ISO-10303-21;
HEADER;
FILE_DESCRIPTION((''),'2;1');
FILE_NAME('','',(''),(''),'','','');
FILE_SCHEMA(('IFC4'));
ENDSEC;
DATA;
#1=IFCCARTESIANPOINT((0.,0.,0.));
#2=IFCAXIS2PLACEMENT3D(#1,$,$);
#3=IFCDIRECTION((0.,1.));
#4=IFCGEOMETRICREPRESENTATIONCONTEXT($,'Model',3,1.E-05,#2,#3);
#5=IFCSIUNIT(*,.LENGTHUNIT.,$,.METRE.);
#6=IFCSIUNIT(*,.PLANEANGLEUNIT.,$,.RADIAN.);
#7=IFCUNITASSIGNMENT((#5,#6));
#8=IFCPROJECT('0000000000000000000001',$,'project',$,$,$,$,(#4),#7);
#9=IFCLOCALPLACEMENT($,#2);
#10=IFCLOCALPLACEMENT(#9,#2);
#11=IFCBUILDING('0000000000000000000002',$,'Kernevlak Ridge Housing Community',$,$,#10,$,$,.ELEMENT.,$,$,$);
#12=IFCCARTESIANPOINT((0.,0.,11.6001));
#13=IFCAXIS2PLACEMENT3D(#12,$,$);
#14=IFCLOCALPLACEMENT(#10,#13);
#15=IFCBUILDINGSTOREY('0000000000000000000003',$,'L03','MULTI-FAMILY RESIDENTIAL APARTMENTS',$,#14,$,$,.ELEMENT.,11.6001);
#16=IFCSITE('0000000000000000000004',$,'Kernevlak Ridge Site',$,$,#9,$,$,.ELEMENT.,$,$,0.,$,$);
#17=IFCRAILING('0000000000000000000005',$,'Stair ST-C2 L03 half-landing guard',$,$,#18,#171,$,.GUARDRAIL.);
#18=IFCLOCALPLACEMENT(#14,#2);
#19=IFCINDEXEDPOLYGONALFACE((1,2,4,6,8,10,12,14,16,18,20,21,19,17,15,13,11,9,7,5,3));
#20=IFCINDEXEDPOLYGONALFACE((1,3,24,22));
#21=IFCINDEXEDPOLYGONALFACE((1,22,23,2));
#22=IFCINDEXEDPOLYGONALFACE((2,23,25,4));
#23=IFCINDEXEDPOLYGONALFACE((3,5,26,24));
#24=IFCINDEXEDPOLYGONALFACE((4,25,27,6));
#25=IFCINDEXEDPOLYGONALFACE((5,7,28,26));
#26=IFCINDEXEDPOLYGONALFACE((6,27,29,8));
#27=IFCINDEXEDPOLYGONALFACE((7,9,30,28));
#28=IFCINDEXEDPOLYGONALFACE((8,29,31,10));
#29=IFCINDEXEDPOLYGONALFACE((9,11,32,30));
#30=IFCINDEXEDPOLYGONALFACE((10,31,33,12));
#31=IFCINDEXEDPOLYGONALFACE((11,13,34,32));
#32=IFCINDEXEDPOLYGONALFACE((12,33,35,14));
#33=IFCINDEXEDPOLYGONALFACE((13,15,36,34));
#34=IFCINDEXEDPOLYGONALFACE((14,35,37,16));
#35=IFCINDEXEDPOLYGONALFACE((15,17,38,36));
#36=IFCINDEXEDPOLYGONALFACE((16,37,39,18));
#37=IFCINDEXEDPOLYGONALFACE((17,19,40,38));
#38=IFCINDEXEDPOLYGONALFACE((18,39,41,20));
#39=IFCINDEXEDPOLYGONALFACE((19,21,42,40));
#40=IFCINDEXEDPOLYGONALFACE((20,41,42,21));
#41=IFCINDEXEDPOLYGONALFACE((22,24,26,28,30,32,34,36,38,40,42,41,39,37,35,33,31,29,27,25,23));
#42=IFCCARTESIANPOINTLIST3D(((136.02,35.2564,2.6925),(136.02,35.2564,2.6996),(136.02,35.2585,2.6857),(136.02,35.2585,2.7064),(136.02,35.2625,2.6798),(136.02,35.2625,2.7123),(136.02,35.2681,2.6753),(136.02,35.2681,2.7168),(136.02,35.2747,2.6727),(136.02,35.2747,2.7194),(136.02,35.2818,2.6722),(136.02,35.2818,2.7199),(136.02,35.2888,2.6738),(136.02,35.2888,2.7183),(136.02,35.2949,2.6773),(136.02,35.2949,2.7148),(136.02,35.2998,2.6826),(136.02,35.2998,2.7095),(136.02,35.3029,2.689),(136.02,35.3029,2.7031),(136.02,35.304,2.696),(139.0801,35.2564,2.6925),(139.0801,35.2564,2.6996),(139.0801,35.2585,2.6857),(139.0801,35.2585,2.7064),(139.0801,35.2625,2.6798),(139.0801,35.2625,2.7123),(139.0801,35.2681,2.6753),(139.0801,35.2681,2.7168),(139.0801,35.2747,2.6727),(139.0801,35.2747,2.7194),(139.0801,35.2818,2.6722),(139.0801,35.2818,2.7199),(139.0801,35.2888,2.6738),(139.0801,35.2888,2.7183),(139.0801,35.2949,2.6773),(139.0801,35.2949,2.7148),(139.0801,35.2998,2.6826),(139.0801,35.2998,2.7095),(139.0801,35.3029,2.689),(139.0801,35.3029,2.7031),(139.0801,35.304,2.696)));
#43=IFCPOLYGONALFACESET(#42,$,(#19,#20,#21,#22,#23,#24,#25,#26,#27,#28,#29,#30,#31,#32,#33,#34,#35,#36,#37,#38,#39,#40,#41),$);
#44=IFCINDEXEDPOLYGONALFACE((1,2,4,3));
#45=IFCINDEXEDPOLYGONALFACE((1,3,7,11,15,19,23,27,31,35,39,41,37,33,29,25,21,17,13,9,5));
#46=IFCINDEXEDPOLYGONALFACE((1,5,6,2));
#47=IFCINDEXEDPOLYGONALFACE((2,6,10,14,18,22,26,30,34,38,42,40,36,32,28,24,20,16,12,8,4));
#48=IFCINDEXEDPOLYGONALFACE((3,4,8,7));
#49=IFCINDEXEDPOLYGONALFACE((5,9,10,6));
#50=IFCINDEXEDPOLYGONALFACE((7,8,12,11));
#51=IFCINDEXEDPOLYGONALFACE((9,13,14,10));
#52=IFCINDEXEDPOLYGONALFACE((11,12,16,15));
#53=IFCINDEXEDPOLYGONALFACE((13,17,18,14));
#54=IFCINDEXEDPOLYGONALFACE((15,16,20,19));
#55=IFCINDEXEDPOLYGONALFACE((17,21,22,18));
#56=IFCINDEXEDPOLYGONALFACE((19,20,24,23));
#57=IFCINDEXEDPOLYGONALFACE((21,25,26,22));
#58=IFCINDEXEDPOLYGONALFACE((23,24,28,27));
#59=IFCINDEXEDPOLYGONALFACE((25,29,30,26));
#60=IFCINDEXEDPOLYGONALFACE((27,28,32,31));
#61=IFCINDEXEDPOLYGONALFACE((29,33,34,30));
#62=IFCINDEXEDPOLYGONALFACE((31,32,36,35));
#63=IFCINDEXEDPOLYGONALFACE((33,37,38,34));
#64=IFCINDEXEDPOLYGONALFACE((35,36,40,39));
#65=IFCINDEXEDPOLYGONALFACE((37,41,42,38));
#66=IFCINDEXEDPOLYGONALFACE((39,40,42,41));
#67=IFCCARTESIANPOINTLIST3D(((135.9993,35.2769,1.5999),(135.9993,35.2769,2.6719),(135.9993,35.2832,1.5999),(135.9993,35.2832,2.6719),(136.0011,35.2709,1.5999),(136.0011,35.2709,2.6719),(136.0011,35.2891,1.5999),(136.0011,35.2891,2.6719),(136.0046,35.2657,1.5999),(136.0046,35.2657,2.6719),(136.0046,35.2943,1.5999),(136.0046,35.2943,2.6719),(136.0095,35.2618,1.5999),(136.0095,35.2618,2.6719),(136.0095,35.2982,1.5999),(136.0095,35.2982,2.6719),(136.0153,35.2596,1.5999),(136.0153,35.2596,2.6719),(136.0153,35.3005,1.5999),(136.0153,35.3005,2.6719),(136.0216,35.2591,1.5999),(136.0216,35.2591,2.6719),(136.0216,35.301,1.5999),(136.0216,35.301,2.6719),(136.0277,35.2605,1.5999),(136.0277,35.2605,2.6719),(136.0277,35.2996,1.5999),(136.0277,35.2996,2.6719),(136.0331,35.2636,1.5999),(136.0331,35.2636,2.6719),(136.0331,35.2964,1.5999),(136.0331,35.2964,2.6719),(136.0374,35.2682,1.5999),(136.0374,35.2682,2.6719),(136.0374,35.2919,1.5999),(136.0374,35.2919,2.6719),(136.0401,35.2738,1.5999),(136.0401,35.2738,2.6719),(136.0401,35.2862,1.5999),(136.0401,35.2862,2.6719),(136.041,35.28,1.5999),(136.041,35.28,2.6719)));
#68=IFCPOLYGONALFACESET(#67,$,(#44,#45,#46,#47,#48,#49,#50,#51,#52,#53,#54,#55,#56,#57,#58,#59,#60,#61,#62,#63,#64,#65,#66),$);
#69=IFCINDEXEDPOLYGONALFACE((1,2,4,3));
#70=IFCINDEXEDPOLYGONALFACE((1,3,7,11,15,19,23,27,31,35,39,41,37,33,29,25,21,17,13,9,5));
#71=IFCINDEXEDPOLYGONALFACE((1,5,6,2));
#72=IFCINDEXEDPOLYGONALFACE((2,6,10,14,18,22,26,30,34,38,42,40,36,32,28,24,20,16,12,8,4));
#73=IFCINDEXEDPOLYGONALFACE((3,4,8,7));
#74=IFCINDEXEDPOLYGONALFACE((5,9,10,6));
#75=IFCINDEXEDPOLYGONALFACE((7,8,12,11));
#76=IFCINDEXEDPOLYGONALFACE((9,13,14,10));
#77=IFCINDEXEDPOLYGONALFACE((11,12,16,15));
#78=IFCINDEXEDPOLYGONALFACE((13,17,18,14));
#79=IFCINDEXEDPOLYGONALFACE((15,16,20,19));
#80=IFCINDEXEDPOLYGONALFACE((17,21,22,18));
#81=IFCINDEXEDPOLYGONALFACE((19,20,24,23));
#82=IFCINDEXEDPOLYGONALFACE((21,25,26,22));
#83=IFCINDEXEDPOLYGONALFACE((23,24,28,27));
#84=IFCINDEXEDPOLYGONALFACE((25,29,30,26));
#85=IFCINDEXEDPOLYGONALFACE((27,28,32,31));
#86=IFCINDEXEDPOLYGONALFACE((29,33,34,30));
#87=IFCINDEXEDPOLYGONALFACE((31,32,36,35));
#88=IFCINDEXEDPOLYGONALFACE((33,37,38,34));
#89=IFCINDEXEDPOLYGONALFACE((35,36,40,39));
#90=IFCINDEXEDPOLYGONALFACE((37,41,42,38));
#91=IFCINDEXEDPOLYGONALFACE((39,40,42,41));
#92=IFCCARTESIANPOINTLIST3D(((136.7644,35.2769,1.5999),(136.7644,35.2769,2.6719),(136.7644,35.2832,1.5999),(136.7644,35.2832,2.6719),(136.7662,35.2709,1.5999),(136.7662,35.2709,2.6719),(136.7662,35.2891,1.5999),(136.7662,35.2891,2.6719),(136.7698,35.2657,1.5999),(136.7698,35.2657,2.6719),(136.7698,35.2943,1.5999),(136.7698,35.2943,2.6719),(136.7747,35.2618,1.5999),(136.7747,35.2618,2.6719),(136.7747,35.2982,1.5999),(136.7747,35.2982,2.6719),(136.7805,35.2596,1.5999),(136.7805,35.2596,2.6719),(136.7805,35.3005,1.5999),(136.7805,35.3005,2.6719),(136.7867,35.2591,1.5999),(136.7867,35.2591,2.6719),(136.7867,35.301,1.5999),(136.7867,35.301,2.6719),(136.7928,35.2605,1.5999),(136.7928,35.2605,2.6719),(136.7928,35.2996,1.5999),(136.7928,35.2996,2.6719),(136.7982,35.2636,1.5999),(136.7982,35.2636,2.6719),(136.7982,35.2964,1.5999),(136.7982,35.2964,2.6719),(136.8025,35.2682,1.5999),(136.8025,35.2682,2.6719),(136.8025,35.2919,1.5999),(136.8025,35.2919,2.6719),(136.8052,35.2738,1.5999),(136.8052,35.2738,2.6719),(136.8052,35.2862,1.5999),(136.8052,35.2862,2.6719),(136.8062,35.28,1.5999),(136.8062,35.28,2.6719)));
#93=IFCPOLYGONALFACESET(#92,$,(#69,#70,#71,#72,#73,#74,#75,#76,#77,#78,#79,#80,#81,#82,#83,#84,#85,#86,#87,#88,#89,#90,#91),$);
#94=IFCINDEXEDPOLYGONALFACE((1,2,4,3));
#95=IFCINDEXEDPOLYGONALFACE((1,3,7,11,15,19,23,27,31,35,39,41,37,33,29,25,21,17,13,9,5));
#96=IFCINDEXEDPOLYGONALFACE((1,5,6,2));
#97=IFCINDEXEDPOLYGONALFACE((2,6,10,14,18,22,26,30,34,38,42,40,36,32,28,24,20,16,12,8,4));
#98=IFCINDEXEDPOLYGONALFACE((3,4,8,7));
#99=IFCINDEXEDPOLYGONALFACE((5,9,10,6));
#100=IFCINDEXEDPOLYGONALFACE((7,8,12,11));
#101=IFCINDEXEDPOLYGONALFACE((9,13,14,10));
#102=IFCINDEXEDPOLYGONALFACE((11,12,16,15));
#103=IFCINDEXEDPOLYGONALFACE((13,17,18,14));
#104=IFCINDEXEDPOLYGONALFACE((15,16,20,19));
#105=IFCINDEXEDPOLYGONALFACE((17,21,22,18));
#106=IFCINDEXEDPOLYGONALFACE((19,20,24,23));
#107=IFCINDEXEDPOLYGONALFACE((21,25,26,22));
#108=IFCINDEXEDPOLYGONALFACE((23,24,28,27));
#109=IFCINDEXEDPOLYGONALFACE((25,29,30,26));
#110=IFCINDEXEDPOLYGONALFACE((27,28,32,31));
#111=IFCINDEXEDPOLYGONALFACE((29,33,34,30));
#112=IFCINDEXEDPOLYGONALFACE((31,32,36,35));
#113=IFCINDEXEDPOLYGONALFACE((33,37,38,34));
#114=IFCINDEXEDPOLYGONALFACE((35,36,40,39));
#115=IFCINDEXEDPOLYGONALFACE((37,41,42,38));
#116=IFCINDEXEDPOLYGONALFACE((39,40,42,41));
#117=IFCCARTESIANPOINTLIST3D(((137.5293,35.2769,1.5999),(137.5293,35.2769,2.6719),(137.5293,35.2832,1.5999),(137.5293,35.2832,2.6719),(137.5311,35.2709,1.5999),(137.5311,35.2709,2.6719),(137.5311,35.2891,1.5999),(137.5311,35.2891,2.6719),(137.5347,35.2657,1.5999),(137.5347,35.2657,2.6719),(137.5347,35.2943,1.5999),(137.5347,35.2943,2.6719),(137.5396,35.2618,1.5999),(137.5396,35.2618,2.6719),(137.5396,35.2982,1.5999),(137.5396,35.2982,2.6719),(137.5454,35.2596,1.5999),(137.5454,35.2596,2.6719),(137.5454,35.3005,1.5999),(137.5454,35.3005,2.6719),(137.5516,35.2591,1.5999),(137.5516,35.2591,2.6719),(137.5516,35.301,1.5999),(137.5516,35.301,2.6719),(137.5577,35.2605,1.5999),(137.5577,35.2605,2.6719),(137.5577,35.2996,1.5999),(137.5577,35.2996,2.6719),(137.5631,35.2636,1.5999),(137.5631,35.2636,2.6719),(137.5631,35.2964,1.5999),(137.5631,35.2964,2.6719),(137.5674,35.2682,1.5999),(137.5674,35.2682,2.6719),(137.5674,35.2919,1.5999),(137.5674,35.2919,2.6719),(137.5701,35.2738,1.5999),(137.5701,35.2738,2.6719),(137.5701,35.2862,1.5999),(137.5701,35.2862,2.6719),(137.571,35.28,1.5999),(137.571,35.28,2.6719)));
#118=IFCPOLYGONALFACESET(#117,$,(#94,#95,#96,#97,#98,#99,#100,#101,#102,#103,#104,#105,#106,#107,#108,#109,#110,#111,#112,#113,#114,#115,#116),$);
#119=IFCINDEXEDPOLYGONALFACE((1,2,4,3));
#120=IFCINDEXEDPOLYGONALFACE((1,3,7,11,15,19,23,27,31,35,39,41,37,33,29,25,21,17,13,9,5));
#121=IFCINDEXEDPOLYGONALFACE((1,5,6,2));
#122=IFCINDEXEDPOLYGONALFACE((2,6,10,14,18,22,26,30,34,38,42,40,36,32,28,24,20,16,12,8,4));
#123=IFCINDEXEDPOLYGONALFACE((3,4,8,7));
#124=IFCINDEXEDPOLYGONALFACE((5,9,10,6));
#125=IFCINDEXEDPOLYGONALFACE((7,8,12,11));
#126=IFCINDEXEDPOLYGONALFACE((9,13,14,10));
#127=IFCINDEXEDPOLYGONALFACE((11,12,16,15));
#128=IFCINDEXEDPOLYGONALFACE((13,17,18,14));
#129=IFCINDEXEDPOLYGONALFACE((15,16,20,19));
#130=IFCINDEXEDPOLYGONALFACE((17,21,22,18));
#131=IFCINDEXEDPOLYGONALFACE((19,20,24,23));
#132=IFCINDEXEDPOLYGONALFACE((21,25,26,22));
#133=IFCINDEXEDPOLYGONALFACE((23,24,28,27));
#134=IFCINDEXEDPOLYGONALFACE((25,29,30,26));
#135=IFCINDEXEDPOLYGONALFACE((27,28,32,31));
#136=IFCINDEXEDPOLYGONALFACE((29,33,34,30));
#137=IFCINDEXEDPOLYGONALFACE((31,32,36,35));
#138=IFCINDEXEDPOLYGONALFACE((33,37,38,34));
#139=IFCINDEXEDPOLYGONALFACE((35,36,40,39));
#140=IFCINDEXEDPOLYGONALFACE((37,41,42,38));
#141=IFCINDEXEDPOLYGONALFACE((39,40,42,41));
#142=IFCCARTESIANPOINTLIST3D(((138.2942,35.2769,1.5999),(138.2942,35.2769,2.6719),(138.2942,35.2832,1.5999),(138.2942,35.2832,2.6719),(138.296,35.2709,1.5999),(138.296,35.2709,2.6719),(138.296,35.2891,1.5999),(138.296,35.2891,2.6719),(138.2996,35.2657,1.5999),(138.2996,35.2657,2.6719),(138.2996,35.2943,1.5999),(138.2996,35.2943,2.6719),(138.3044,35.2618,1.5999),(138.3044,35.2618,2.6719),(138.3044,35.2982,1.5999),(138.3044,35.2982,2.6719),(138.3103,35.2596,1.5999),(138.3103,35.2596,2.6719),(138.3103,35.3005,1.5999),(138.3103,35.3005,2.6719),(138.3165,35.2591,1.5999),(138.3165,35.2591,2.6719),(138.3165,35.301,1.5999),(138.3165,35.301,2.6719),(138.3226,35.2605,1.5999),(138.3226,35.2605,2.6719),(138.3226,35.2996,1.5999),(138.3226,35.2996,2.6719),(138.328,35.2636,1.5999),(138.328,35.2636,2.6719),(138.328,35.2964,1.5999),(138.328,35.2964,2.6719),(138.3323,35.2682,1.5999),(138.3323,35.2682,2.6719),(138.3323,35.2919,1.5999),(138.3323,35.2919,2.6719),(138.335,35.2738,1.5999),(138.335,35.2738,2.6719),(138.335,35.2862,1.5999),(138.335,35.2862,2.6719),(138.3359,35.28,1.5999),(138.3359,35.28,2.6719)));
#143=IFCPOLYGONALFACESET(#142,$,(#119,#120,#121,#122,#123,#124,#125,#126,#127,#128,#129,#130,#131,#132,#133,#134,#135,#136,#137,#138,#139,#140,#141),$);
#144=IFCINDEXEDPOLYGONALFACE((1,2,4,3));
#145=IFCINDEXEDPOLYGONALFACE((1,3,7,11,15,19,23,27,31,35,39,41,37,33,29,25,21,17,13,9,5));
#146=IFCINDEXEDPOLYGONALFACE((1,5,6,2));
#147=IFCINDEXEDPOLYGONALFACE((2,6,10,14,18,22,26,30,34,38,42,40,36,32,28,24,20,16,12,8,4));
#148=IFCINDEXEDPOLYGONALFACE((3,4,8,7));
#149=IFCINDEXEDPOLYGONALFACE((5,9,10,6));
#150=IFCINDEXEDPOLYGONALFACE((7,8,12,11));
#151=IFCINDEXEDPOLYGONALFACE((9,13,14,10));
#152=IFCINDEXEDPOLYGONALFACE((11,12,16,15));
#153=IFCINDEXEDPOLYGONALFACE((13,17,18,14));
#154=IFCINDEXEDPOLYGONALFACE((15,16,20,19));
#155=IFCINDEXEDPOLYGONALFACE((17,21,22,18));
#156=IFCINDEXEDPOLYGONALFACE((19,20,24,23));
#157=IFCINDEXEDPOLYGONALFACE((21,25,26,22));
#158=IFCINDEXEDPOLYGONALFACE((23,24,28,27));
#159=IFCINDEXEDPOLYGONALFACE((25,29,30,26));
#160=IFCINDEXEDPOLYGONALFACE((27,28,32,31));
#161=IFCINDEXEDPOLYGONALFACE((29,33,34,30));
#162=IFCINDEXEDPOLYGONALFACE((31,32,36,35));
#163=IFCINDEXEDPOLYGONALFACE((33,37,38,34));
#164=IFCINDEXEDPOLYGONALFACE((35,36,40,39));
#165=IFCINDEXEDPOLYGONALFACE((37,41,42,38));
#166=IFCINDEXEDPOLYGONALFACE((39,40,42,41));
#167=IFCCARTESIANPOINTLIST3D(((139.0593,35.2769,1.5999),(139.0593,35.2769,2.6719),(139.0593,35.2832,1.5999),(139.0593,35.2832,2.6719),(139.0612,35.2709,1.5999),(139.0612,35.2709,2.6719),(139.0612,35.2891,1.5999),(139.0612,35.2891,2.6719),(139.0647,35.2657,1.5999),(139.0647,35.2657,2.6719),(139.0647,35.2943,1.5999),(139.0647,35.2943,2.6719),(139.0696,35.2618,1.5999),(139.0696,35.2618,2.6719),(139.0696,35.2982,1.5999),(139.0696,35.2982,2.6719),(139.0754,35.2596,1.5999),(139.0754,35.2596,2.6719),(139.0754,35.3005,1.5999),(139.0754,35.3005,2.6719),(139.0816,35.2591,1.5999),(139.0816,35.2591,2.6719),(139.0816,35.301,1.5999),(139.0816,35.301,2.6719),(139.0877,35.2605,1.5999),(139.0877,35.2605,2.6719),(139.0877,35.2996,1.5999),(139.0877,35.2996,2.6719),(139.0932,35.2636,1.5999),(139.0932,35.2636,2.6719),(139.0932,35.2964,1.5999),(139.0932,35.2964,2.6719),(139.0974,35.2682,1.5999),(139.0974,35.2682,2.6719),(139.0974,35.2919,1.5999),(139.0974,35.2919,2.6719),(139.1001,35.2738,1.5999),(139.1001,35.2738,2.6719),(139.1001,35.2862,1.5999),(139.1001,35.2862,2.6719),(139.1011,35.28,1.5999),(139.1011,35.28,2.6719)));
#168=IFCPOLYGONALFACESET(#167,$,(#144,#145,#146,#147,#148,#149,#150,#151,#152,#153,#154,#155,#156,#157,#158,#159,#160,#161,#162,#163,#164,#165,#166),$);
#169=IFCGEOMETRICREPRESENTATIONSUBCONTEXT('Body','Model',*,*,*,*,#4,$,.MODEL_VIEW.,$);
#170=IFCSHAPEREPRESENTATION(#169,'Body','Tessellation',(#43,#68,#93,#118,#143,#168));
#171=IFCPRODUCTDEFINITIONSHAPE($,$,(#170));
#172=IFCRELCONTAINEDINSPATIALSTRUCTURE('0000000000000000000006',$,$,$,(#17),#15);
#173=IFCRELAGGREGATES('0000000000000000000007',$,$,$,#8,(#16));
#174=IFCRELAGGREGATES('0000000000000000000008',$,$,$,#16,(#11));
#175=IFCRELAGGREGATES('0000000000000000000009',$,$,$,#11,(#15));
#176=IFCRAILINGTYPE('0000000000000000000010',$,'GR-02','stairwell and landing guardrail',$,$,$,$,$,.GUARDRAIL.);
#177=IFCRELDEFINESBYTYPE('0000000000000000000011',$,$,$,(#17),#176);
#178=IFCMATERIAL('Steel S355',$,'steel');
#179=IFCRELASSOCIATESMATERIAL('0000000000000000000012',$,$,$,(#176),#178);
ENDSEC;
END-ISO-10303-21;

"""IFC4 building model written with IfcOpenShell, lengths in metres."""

from ifc_helpers import new_model, si_unit, direction, frame, origin, origin_2d, place, context, subcontext, project, spatial, circle, extrude, material, type_object, element, save


model = new_model("IFC4")

# Units and contexts
model_context = context("Model", 3, precision=1e-05, world=origin(), true_north=direction((0.0, 1.0)))
body_context = subcontext(model_context, "Body", "Model", "MODEL_VIEW")
ifc_project = project(units=[si_unit("LENGTHUNIT", "METRE"), si_unit("PLANEANGLEUNIT", "RADIAN")], contexts=[model_context])

# Site, building, storey
site_placement = place(None, origin())
site = spatial("IfcSite", under=ifc_project, at=site_placement, Name="Kernevlak Ridge Site", CompositionType="ELEMENT", RefElevation=0.0)
building_placement = place(site_placement, origin())
building = spatial("IfcBuilding", under=site, at=building_placement, Name="Kernevlak Ridge Housing Community", CompositionType="ELEMENT")
storey_placement = place(building_placement, frame((0.0, 0.0, 11.6001)))
storey = spatial("IfcBuildingStorey", under=building, at=storey_placement, Name="L03", Description="MULTI-FAMILY RESIDENTIAL APARTMENTS", CompositionType="ELEMENT", Elevation=11.6001)

# Railing
ifc_material_1 = material(Name="Steel S355", Category="steel")
railing_type_1 = type_object("IfcRailingType", Name="GR-02", Description="stairwell and landing guardrail", PredefinedType="GUARDRAIL", material=ifc_material_1)
railing_1_placement = place(storey_placement, frame((136.02, 35.28, 1.5999)))
element("IfcRailing", 1, at=railing_1_placement, inside=storey, type_object=railing_type_1, Name="Stair ST-C2 L03 half-landing guard", PredefinedType="GUARDRAIL", context=body_context, shape_type="SweptSolid", body=[
    extrude(circle(Radius=0.0239, at=origin_2d()), frame((0.0, 0.0, 1.0962), z_axis=(1.0, 0.0, 0.0), x_axis=(0.0, 1.0, 0.0)), (0.0, 0.0, 1.0), 3.0601),
    extrude(circle(Radius=0.021, at=origin_2d()), origin(), (0.0, 0.0, 1.0), 1.072),
    extrude(circle(Radius=0.021, at=origin_2d()), frame((0.7651, 0.0, 0.0)), (0.0, 0.0, 1.0), 1.072),
    extrude(circle(Radius=0.021, at=origin_2d()), frame((1.53, 0.0, 0.0)), (0.0, 0.0, 1.0), 1.072),
    extrude(circle(Radius=0.021, at=origin_2d()), frame((2.2949, 0.0, 0.0)), (0.0, 0.0, 1.0), 1.072),
    extrude(circle(Radius=0.021, at=origin_2d()), frame((3.0601, 0.0, 0.0)), (0.0, 0.0, 1.0), 1.072),
])

save(model, "model.ifc")
